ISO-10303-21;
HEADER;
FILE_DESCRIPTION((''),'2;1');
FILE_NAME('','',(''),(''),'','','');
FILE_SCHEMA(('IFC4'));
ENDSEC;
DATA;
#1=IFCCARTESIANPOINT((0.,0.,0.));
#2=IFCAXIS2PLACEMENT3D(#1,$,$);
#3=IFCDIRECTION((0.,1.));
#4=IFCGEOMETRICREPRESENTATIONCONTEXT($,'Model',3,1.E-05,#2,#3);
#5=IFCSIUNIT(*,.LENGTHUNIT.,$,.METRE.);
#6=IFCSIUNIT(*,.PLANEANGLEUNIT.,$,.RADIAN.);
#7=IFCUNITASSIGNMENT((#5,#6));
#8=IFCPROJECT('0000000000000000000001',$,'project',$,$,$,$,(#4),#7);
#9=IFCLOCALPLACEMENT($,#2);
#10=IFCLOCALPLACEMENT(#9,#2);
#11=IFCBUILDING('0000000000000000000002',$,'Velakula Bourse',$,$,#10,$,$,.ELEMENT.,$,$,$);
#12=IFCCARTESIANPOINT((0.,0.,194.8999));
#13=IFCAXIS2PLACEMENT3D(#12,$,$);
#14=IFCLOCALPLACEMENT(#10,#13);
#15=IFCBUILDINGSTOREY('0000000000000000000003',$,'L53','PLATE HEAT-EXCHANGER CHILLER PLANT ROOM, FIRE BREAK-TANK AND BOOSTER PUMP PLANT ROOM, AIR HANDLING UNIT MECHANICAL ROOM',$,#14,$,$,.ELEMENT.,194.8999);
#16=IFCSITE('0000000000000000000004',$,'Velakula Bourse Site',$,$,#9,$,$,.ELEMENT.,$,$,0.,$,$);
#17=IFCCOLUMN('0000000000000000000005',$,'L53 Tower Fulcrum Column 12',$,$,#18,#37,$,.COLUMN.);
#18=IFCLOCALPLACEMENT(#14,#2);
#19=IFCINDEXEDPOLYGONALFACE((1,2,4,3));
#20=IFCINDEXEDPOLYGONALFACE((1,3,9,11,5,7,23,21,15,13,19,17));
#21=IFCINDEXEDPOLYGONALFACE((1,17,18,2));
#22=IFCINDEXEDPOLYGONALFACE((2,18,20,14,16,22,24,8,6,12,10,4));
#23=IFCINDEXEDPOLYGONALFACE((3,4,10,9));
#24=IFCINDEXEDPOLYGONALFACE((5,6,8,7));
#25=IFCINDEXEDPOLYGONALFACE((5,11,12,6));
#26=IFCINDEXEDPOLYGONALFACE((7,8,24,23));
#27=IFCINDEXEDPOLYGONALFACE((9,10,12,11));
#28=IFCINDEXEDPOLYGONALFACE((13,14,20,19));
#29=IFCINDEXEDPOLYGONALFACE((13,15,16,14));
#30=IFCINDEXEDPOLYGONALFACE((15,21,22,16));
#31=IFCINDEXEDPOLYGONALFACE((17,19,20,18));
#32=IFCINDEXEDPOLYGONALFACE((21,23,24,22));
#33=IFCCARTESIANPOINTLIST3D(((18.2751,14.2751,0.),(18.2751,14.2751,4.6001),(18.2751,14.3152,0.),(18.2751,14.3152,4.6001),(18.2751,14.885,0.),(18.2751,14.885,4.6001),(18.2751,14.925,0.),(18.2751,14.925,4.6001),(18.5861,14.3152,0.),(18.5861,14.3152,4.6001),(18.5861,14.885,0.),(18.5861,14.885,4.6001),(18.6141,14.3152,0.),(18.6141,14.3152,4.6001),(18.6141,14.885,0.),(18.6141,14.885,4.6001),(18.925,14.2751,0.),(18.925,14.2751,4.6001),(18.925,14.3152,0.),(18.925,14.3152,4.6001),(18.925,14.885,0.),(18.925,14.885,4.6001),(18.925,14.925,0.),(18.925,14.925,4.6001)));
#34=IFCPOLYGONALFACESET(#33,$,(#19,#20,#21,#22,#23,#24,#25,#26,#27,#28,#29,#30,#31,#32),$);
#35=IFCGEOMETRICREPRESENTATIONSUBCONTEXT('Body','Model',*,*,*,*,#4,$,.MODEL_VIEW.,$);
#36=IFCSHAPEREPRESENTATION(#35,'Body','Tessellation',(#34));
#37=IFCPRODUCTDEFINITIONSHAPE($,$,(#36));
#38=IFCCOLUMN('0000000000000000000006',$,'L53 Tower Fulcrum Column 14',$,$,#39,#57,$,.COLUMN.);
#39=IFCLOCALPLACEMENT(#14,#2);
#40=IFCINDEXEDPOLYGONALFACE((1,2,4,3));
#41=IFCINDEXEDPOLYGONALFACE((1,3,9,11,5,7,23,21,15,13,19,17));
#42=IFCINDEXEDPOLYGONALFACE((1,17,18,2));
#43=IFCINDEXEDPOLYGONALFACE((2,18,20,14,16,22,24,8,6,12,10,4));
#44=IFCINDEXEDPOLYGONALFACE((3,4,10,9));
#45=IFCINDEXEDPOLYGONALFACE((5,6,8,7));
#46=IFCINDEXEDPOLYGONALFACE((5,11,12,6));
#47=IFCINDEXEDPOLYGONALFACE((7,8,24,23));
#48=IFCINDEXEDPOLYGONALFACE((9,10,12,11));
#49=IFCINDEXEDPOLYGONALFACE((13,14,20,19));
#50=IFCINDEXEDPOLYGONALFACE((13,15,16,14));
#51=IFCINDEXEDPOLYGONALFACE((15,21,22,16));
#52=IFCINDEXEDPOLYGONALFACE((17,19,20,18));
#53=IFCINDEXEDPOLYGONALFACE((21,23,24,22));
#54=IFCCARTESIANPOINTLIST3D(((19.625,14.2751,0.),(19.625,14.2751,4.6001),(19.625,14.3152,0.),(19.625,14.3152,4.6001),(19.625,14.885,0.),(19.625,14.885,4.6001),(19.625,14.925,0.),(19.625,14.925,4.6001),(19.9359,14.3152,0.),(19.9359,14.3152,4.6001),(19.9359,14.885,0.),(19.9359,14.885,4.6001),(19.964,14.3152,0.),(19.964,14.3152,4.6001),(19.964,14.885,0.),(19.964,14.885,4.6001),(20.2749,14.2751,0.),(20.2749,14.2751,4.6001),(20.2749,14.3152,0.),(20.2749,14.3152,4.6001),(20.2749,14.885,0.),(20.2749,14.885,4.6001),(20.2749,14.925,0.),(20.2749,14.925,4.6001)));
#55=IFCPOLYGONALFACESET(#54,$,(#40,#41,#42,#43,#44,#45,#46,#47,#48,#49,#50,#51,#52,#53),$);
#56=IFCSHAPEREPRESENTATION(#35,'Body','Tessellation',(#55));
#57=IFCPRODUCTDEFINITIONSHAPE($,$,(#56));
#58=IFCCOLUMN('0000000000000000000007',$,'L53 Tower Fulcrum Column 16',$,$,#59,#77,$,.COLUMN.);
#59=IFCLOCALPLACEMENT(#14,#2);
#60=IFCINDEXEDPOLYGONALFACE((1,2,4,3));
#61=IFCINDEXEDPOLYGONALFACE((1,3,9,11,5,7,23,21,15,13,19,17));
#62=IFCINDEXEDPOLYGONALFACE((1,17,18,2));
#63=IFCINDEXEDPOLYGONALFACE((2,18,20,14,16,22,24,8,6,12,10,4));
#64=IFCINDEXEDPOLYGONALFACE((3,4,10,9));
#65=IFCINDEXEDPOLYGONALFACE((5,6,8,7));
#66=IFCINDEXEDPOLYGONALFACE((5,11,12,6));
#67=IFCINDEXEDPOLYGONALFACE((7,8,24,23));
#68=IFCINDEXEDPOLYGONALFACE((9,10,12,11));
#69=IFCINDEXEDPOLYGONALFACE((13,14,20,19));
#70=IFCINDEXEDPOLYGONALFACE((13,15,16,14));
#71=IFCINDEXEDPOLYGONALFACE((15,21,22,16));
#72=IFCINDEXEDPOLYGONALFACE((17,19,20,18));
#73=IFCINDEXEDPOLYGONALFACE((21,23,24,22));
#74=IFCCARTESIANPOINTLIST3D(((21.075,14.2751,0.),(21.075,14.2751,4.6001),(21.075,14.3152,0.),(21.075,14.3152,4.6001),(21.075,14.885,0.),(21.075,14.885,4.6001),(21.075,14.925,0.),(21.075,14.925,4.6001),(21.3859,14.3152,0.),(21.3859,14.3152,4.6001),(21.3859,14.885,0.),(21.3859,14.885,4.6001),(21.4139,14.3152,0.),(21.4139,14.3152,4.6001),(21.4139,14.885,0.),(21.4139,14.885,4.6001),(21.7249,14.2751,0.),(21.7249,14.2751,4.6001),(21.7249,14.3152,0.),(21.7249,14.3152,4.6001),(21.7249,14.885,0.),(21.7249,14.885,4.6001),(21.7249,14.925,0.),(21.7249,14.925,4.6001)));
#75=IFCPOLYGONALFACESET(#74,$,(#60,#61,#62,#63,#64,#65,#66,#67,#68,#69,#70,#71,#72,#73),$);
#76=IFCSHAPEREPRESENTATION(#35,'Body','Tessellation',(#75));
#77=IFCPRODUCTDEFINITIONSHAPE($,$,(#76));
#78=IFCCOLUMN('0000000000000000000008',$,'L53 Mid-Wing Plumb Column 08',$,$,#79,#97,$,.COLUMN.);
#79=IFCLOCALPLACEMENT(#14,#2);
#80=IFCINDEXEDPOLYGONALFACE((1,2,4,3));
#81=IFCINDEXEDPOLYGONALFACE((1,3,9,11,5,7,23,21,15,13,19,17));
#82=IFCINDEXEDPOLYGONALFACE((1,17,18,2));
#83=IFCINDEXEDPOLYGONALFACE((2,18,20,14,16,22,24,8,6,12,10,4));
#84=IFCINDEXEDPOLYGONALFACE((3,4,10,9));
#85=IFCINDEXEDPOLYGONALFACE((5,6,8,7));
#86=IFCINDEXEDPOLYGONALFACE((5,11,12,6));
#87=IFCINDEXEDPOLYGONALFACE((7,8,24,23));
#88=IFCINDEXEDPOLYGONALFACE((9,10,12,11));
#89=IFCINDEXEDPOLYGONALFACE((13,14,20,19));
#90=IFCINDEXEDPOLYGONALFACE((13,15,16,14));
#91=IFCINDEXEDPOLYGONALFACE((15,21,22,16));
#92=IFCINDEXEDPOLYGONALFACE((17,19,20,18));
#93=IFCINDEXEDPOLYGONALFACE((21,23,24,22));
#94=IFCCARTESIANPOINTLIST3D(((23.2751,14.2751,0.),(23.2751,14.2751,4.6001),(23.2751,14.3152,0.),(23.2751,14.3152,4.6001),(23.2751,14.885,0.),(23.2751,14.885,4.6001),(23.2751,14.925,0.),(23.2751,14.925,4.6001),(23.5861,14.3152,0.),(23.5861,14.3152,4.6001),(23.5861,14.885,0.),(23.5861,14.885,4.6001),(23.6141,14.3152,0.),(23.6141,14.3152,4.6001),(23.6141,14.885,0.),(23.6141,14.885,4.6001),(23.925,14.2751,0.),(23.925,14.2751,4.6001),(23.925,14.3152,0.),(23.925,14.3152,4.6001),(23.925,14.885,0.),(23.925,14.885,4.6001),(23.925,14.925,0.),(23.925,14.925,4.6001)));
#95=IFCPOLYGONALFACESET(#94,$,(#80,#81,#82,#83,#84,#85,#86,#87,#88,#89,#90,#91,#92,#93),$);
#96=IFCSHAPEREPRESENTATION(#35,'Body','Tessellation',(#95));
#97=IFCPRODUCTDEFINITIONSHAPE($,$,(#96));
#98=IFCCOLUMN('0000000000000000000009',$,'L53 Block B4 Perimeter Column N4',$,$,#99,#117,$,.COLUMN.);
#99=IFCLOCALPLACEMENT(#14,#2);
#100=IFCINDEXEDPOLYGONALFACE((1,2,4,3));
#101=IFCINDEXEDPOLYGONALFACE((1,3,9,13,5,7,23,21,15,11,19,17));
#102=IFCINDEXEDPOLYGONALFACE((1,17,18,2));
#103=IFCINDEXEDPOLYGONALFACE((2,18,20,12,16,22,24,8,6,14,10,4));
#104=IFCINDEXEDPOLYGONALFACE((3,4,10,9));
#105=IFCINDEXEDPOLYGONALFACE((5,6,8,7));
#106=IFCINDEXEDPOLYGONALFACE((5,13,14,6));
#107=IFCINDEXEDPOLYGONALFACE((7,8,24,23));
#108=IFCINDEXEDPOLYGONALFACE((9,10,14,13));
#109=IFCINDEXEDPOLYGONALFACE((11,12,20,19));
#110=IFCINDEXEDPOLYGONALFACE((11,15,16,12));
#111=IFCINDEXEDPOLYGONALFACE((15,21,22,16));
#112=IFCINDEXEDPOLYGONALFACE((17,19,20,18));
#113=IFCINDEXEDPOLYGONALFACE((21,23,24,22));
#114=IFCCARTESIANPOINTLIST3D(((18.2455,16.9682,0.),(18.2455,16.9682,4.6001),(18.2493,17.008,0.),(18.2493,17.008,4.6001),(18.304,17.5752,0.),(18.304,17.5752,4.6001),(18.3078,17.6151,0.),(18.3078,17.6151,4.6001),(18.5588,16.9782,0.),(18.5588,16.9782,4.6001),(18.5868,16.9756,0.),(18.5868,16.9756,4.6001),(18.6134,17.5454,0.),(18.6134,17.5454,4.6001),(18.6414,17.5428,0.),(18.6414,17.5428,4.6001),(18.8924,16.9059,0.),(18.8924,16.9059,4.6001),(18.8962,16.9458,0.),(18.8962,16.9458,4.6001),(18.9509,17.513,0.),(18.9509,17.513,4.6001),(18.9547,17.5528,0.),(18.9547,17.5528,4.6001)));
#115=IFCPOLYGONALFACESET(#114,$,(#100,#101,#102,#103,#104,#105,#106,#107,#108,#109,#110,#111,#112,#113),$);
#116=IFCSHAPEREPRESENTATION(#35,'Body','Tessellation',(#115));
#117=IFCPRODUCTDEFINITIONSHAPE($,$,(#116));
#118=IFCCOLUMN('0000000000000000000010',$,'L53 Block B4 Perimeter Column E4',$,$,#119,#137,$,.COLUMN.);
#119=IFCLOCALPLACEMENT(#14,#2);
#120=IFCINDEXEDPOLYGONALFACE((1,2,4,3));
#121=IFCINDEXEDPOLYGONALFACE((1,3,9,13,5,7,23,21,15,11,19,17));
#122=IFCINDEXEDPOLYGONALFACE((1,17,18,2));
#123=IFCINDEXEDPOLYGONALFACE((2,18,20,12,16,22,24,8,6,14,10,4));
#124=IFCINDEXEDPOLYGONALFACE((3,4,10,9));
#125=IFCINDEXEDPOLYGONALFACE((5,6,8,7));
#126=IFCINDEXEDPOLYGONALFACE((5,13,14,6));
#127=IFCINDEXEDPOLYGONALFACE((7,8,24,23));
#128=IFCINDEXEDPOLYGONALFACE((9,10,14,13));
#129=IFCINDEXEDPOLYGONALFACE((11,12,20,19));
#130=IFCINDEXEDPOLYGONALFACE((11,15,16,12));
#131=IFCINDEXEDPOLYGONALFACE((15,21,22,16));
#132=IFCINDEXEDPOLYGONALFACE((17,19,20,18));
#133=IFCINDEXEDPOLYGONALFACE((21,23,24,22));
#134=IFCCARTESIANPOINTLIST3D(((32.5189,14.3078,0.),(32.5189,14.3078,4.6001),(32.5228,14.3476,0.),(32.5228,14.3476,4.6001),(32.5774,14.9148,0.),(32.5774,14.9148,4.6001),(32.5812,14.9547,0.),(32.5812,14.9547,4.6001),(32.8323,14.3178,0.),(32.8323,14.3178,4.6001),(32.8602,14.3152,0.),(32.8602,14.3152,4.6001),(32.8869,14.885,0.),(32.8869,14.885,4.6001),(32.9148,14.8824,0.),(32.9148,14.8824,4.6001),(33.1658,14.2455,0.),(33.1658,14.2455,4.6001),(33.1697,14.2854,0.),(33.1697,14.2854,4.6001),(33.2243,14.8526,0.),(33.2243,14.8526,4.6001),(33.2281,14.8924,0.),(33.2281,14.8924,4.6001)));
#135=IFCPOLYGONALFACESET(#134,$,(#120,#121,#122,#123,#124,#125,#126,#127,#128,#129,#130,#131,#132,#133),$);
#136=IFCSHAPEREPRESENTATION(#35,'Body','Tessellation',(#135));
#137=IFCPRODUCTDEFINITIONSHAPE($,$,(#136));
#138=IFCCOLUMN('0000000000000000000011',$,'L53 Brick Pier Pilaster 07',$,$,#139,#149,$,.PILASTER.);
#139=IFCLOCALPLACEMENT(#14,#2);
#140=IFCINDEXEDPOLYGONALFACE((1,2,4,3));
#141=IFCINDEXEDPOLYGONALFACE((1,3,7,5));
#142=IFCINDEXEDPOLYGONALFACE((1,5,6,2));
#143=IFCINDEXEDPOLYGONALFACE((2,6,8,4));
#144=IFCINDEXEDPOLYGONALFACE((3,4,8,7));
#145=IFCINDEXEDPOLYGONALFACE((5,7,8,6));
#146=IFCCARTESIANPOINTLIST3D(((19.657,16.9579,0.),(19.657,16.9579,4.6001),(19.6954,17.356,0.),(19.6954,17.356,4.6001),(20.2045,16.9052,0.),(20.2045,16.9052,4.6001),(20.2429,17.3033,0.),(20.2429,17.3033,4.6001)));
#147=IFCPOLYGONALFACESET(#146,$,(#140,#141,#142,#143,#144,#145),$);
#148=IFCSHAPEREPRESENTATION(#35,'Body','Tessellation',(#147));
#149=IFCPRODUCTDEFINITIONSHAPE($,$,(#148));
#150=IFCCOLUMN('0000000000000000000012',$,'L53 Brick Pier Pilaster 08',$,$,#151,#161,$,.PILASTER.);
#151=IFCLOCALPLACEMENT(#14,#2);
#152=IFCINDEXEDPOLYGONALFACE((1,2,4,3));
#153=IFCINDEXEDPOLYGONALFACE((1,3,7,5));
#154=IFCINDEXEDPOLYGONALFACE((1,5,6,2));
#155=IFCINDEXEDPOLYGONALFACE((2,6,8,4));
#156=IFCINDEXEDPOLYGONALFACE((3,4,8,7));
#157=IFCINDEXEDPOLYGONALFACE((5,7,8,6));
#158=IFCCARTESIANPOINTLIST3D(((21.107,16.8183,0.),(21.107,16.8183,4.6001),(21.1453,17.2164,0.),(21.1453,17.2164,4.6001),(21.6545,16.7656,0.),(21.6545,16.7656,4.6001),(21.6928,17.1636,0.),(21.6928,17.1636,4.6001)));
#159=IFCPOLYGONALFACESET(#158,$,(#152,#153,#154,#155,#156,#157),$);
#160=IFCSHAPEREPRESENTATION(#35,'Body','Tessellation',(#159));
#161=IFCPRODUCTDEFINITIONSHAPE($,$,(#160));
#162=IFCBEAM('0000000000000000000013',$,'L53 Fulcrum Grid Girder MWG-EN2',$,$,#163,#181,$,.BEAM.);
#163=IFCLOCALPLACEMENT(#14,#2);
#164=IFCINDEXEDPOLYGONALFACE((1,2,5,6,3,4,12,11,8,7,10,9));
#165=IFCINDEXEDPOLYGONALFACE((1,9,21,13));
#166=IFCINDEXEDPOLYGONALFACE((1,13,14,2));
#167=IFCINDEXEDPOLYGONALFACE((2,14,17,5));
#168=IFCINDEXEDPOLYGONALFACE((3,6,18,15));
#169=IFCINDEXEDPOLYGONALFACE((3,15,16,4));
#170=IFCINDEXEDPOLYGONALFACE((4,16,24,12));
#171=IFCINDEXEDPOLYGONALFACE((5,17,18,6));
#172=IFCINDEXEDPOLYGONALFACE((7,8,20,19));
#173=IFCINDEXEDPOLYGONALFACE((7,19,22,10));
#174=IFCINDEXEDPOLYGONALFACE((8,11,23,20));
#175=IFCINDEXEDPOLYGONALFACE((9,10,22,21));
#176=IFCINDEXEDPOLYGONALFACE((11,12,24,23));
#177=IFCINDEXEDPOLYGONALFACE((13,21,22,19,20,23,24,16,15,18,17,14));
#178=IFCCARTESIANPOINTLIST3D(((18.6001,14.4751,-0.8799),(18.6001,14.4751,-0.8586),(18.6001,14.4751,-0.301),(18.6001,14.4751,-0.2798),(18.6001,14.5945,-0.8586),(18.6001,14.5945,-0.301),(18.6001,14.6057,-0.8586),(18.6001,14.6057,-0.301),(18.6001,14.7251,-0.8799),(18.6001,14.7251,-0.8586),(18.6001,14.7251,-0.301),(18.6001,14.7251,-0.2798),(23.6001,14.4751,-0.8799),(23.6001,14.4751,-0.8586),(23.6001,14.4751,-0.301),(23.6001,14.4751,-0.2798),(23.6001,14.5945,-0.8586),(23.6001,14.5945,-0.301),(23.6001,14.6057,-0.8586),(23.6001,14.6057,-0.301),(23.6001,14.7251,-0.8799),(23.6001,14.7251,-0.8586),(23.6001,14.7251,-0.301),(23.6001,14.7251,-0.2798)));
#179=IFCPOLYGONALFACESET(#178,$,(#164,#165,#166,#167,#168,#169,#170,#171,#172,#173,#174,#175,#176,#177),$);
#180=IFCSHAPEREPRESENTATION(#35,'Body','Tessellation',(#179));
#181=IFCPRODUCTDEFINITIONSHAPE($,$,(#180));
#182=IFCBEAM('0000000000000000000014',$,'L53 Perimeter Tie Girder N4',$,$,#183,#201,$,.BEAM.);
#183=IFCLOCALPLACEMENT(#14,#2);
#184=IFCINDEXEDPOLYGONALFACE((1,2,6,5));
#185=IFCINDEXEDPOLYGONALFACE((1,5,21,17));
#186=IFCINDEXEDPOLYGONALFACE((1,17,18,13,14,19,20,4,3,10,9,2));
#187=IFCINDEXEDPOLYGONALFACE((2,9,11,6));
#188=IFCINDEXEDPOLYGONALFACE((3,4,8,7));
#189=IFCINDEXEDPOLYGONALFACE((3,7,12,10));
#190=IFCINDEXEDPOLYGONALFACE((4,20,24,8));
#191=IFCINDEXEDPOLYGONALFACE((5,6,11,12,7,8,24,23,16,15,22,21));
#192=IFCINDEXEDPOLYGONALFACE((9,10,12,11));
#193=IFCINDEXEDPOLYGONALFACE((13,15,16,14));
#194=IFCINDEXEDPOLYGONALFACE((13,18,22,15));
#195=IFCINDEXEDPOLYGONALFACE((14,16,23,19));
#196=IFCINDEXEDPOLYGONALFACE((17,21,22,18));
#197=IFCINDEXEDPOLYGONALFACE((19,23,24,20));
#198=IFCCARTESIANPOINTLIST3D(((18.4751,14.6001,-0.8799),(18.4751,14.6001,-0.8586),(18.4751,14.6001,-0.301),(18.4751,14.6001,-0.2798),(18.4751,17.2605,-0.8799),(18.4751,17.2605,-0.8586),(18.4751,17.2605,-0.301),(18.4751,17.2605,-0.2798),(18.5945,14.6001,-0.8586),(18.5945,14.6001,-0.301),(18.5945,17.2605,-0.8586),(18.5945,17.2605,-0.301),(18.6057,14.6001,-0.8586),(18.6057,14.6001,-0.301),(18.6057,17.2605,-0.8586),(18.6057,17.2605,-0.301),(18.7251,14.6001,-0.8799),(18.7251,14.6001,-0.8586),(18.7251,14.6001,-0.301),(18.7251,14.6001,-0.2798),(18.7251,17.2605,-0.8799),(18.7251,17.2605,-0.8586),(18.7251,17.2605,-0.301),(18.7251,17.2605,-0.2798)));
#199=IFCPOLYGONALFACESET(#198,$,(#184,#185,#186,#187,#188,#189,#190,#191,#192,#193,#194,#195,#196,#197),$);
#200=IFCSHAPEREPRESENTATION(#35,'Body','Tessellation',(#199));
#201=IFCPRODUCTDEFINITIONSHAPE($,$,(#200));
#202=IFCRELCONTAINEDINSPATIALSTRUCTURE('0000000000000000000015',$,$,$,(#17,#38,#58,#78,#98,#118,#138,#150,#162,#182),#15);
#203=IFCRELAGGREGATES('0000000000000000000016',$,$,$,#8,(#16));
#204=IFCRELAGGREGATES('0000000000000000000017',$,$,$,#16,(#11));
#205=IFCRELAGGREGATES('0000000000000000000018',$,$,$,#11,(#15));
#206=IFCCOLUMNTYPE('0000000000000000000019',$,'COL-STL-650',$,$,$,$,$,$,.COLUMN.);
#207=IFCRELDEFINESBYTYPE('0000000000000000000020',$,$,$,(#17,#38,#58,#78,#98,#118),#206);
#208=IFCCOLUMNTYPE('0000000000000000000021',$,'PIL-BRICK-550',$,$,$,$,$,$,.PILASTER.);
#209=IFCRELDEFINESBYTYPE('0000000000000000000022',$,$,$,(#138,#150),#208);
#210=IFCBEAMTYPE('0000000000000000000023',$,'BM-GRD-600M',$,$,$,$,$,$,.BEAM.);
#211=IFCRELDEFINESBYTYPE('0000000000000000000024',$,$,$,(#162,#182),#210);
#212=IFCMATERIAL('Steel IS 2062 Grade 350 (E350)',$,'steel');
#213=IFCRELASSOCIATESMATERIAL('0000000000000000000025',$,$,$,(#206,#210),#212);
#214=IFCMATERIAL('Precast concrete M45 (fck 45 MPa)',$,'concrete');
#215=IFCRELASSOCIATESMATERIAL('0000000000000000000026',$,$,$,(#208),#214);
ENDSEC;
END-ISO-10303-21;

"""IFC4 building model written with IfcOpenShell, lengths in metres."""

from ifc_helpers import new_model, si_unit, direction, frame, origin, origin_2d, place, context, subcontext, project, spatial, rectangle, i_section, extrude, material, material_profile, profile_set, type_object, element, save


model = new_model("IFC4")

# Units and contexts
model_context = context("Model", 3, precision=1e-05, world=origin(), true_north=direction((0.0, 1.0)))
body_context = subcontext(model_context, "Body", "Model", "MODEL_VIEW")
ifc_project = project(units=[si_unit("LENGTHUNIT", "METRE"), si_unit("PLANEANGLEUNIT", "RADIAN")], contexts=[model_context])

# Site, building, storey
site_placement = place(None, origin())
site = spatial("IfcSite", under=ifc_project, at=site_placement, Name="Velakula Bourse Site", CompositionType="ELEMENT", RefElevation=0.0)
building_placement = place(site_placement, origin())
building = spatial("IfcBuilding", under=site, at=building_placement, Name="Velakula Bourse", CompositionType="ELEMENT")
storey_placement = place(building_placement, frame((0.0, 0.0, 194.8999)))
storey = spatial("IfcBuildingStorey", under=building, at=storey_placement, Name="L53", Description="PLATE HEAT-EXCHANGER CHILLER PLANT ROOM, FIRE BREAK-TANK AND BOOSTER PUMP PLANT ROOM, AIR HANDLING UNIT MECHANICAL ROOM", CompositionType="ELEMENT", Elevation=194.8999)

# Columns
ifc_material_1 = material(Name="Steel IS 2062 Grade 350 (E350)", Category="steel")
ifc_material_profile_1 = material_profile(ifc_material_1, i_section(OverallWidth=0.6499, OverallDepth=0.6499, WebThickness=0.0281, FlangeThickness=0.04, at=origin_2d()), Name="Steel IS 2062 Grade 350 (E350)")
ifc_profile_set_1 = profile_set([ifc_material_profile_1], Name="Steel IS 2062 Grade 350 (E350)")
column_type_1 = type_object("IfcColumnType", Name="COL-STL-650", PredefinedType="COLUMN", material=ifc_profile_set_1)
for number, where, z_axis, x_axis, name in (
    (1, (18.6001, 14.6001, 0.0), (0.0, 0.0, 1.0), (1.0, 0.0, 0.0), "L53 Tower Fulcrum Column 12"),
    (2, (19.95, 14.6001, 0.0), (0.0, 0.0, 1.0), (1.0, 0.0, 0.0), "L53 Tower Fulcrum Column 14"),
    (3, (21.3999, 14.6001, 0.0), (0.0, 0.0, 1.0), (1.0, 0.0, 0.0), "L53 Tower Fulcrum Column 16"),
    (4, (23.6001, 14.6001, 0.0), (0.0, 0.0, 1.0), (1.0, 0.0, 0.0), "L53 Mid-Wing Plumb Column 08"),
    (5, (18.6001, 17.2605, 0.0), (0.0, 0.0, 1.0), (0.995396, -0.095846, 0.0), "L53 Block B4 Perimeter Column N4"),
    (6, (32.8735, 14.6001, 0.0), (0.0, 0.0, 1.0), (0.995396, -0.095846, 0.0), "L53 Block B4 Perimeter Column E4"),
):
    element("IfcColumn", number, at=place(storey_placement, frame(where, z_axis=z_axis, x_axis=x_axis)), inside=storey, type_object=column_type_1, Name=name, PredefinedType="COLUMN", context=body_context, shape_type="SweptSolid", body=[
        extrude(i_section(OverallWidth=0.6499, OverallDepth=0.6499, WebThickness=0.0281, FlangeThickness=0.04, at=origin_2d()), origin(), (0.0, 0.0, 1.0), 4.6001),
    ])
ifc_material_2 = material(Name="Precast concrete M45 (fck 45 MPa)", Category="concrete")
ifc_material_profile_2 = material_profile(ifc_material_2, rectangle(XDim=0.55, YDim=0.3999, at=origin_2d()), Name="Precast concrete M45 (fck 45 MPa)")
ifc_profile_set_2 = profile_set([ifc_material_profile_2], Name="Precast concrete M45 (fck 45 MPa)")
column_type_2 = type_object("IfcColumnType", Name="PIL-BRICK-550", PredefinedType="PILASTER", material=ifc_profile_set_2)
for number, where, z_axis, x_axis, name in (
    (7, (19.95, 17.1306, 0.0), (0.0, 0.0, 1.0), (0.995396, -0.095846, 0.0), "L53 Brick Pier Pilaster 07"),
    (8, (21.3999, 16.991, 0.0), (0.0, 0.0, 1.0), (0.995396, -0.095846, 0.0), "L53 Brick Pier Pilaster 08"),
):
    element("IfcColumn", number, at=place(storey_placement, frame(where, z_axis=z_axis, x_axis=x_axis)), inside=storey, type_object=column_type_2, Name=name, PredefinedType="PILASTER", context=body_context, shape_type="SweptSolid", body=[
        extrude(rectangle(XDim=0.55, YDim=0.3999, at=origin_2d()), origin(), (0.0, 0.0, 1.0), 4.6001),
    ])

# Beams
ifc_material_profile_3 = material_profile(ifc_material_1, i_section(OverallWidth=0.25, OverallDepth=0.6001, WebThickness=0.0112, FlangeThickness=0.0212, at=origin_2d()), Name="Steel IS 2062 Grade 350 (E350)")
ifc_profile_set_3 = profile_set([ifc_material_profile_3], Name="Steel IS 2062 Grade 350 (E350)")
beam_type_1 = type_object("IfcBeamType", Name="BM-GRD-600M", PredefinedType="BEAM", material=ifc_profile_set_3)
beam_1_placement = place(storey_placement, frame((18.6001, 14.6001, -0.5798), z_axis=(1.0, 0.0, 0.0), x_axis=(0.0, 1.0, 0.0)))
element("IfcBeam", 9, at=beam_1_placement, inside=storey, type_object=beam_type_1, Name="L53 Fulcrum Grid Girder MWG-EN2", PredefinedType="BEAM", context=body_context, shape_type="SweptSolid", body=[
    extrude(i_section(OverallWidth=0.25, OverallDepth=0.6001, WebThickness=0.0112, FlangeThickness=0.0212, at=origin_2d()), origin(), (0.0, 0.0, 1.0), 5.0),
])
beam_2_placement = place(storey_placement, frame((18.6001, 14.6001, -0.5798), z_axis=(0.0, 1.0, 0.0), x_axis=(-1.0, 0.0, 0.0)))
element("IfcBeam", 10, at=beam_2_placement, inside=storey, type_object=beam_type_1, Name="L53 Perimeter Tie Girder N4", PredefinedType="BEAM", context=body_context, shape_type="SweptSolid", body=[
    extrude(i_section(OverallWidth=0.25, OverallDepth=0.6001, WebThickness=0.0112, FlangeThickness=0.0212, at=origin_2d()), origin(), (0.0, 0.0, 1.0), 2.6604),
])

save(model, "model.ifc")
